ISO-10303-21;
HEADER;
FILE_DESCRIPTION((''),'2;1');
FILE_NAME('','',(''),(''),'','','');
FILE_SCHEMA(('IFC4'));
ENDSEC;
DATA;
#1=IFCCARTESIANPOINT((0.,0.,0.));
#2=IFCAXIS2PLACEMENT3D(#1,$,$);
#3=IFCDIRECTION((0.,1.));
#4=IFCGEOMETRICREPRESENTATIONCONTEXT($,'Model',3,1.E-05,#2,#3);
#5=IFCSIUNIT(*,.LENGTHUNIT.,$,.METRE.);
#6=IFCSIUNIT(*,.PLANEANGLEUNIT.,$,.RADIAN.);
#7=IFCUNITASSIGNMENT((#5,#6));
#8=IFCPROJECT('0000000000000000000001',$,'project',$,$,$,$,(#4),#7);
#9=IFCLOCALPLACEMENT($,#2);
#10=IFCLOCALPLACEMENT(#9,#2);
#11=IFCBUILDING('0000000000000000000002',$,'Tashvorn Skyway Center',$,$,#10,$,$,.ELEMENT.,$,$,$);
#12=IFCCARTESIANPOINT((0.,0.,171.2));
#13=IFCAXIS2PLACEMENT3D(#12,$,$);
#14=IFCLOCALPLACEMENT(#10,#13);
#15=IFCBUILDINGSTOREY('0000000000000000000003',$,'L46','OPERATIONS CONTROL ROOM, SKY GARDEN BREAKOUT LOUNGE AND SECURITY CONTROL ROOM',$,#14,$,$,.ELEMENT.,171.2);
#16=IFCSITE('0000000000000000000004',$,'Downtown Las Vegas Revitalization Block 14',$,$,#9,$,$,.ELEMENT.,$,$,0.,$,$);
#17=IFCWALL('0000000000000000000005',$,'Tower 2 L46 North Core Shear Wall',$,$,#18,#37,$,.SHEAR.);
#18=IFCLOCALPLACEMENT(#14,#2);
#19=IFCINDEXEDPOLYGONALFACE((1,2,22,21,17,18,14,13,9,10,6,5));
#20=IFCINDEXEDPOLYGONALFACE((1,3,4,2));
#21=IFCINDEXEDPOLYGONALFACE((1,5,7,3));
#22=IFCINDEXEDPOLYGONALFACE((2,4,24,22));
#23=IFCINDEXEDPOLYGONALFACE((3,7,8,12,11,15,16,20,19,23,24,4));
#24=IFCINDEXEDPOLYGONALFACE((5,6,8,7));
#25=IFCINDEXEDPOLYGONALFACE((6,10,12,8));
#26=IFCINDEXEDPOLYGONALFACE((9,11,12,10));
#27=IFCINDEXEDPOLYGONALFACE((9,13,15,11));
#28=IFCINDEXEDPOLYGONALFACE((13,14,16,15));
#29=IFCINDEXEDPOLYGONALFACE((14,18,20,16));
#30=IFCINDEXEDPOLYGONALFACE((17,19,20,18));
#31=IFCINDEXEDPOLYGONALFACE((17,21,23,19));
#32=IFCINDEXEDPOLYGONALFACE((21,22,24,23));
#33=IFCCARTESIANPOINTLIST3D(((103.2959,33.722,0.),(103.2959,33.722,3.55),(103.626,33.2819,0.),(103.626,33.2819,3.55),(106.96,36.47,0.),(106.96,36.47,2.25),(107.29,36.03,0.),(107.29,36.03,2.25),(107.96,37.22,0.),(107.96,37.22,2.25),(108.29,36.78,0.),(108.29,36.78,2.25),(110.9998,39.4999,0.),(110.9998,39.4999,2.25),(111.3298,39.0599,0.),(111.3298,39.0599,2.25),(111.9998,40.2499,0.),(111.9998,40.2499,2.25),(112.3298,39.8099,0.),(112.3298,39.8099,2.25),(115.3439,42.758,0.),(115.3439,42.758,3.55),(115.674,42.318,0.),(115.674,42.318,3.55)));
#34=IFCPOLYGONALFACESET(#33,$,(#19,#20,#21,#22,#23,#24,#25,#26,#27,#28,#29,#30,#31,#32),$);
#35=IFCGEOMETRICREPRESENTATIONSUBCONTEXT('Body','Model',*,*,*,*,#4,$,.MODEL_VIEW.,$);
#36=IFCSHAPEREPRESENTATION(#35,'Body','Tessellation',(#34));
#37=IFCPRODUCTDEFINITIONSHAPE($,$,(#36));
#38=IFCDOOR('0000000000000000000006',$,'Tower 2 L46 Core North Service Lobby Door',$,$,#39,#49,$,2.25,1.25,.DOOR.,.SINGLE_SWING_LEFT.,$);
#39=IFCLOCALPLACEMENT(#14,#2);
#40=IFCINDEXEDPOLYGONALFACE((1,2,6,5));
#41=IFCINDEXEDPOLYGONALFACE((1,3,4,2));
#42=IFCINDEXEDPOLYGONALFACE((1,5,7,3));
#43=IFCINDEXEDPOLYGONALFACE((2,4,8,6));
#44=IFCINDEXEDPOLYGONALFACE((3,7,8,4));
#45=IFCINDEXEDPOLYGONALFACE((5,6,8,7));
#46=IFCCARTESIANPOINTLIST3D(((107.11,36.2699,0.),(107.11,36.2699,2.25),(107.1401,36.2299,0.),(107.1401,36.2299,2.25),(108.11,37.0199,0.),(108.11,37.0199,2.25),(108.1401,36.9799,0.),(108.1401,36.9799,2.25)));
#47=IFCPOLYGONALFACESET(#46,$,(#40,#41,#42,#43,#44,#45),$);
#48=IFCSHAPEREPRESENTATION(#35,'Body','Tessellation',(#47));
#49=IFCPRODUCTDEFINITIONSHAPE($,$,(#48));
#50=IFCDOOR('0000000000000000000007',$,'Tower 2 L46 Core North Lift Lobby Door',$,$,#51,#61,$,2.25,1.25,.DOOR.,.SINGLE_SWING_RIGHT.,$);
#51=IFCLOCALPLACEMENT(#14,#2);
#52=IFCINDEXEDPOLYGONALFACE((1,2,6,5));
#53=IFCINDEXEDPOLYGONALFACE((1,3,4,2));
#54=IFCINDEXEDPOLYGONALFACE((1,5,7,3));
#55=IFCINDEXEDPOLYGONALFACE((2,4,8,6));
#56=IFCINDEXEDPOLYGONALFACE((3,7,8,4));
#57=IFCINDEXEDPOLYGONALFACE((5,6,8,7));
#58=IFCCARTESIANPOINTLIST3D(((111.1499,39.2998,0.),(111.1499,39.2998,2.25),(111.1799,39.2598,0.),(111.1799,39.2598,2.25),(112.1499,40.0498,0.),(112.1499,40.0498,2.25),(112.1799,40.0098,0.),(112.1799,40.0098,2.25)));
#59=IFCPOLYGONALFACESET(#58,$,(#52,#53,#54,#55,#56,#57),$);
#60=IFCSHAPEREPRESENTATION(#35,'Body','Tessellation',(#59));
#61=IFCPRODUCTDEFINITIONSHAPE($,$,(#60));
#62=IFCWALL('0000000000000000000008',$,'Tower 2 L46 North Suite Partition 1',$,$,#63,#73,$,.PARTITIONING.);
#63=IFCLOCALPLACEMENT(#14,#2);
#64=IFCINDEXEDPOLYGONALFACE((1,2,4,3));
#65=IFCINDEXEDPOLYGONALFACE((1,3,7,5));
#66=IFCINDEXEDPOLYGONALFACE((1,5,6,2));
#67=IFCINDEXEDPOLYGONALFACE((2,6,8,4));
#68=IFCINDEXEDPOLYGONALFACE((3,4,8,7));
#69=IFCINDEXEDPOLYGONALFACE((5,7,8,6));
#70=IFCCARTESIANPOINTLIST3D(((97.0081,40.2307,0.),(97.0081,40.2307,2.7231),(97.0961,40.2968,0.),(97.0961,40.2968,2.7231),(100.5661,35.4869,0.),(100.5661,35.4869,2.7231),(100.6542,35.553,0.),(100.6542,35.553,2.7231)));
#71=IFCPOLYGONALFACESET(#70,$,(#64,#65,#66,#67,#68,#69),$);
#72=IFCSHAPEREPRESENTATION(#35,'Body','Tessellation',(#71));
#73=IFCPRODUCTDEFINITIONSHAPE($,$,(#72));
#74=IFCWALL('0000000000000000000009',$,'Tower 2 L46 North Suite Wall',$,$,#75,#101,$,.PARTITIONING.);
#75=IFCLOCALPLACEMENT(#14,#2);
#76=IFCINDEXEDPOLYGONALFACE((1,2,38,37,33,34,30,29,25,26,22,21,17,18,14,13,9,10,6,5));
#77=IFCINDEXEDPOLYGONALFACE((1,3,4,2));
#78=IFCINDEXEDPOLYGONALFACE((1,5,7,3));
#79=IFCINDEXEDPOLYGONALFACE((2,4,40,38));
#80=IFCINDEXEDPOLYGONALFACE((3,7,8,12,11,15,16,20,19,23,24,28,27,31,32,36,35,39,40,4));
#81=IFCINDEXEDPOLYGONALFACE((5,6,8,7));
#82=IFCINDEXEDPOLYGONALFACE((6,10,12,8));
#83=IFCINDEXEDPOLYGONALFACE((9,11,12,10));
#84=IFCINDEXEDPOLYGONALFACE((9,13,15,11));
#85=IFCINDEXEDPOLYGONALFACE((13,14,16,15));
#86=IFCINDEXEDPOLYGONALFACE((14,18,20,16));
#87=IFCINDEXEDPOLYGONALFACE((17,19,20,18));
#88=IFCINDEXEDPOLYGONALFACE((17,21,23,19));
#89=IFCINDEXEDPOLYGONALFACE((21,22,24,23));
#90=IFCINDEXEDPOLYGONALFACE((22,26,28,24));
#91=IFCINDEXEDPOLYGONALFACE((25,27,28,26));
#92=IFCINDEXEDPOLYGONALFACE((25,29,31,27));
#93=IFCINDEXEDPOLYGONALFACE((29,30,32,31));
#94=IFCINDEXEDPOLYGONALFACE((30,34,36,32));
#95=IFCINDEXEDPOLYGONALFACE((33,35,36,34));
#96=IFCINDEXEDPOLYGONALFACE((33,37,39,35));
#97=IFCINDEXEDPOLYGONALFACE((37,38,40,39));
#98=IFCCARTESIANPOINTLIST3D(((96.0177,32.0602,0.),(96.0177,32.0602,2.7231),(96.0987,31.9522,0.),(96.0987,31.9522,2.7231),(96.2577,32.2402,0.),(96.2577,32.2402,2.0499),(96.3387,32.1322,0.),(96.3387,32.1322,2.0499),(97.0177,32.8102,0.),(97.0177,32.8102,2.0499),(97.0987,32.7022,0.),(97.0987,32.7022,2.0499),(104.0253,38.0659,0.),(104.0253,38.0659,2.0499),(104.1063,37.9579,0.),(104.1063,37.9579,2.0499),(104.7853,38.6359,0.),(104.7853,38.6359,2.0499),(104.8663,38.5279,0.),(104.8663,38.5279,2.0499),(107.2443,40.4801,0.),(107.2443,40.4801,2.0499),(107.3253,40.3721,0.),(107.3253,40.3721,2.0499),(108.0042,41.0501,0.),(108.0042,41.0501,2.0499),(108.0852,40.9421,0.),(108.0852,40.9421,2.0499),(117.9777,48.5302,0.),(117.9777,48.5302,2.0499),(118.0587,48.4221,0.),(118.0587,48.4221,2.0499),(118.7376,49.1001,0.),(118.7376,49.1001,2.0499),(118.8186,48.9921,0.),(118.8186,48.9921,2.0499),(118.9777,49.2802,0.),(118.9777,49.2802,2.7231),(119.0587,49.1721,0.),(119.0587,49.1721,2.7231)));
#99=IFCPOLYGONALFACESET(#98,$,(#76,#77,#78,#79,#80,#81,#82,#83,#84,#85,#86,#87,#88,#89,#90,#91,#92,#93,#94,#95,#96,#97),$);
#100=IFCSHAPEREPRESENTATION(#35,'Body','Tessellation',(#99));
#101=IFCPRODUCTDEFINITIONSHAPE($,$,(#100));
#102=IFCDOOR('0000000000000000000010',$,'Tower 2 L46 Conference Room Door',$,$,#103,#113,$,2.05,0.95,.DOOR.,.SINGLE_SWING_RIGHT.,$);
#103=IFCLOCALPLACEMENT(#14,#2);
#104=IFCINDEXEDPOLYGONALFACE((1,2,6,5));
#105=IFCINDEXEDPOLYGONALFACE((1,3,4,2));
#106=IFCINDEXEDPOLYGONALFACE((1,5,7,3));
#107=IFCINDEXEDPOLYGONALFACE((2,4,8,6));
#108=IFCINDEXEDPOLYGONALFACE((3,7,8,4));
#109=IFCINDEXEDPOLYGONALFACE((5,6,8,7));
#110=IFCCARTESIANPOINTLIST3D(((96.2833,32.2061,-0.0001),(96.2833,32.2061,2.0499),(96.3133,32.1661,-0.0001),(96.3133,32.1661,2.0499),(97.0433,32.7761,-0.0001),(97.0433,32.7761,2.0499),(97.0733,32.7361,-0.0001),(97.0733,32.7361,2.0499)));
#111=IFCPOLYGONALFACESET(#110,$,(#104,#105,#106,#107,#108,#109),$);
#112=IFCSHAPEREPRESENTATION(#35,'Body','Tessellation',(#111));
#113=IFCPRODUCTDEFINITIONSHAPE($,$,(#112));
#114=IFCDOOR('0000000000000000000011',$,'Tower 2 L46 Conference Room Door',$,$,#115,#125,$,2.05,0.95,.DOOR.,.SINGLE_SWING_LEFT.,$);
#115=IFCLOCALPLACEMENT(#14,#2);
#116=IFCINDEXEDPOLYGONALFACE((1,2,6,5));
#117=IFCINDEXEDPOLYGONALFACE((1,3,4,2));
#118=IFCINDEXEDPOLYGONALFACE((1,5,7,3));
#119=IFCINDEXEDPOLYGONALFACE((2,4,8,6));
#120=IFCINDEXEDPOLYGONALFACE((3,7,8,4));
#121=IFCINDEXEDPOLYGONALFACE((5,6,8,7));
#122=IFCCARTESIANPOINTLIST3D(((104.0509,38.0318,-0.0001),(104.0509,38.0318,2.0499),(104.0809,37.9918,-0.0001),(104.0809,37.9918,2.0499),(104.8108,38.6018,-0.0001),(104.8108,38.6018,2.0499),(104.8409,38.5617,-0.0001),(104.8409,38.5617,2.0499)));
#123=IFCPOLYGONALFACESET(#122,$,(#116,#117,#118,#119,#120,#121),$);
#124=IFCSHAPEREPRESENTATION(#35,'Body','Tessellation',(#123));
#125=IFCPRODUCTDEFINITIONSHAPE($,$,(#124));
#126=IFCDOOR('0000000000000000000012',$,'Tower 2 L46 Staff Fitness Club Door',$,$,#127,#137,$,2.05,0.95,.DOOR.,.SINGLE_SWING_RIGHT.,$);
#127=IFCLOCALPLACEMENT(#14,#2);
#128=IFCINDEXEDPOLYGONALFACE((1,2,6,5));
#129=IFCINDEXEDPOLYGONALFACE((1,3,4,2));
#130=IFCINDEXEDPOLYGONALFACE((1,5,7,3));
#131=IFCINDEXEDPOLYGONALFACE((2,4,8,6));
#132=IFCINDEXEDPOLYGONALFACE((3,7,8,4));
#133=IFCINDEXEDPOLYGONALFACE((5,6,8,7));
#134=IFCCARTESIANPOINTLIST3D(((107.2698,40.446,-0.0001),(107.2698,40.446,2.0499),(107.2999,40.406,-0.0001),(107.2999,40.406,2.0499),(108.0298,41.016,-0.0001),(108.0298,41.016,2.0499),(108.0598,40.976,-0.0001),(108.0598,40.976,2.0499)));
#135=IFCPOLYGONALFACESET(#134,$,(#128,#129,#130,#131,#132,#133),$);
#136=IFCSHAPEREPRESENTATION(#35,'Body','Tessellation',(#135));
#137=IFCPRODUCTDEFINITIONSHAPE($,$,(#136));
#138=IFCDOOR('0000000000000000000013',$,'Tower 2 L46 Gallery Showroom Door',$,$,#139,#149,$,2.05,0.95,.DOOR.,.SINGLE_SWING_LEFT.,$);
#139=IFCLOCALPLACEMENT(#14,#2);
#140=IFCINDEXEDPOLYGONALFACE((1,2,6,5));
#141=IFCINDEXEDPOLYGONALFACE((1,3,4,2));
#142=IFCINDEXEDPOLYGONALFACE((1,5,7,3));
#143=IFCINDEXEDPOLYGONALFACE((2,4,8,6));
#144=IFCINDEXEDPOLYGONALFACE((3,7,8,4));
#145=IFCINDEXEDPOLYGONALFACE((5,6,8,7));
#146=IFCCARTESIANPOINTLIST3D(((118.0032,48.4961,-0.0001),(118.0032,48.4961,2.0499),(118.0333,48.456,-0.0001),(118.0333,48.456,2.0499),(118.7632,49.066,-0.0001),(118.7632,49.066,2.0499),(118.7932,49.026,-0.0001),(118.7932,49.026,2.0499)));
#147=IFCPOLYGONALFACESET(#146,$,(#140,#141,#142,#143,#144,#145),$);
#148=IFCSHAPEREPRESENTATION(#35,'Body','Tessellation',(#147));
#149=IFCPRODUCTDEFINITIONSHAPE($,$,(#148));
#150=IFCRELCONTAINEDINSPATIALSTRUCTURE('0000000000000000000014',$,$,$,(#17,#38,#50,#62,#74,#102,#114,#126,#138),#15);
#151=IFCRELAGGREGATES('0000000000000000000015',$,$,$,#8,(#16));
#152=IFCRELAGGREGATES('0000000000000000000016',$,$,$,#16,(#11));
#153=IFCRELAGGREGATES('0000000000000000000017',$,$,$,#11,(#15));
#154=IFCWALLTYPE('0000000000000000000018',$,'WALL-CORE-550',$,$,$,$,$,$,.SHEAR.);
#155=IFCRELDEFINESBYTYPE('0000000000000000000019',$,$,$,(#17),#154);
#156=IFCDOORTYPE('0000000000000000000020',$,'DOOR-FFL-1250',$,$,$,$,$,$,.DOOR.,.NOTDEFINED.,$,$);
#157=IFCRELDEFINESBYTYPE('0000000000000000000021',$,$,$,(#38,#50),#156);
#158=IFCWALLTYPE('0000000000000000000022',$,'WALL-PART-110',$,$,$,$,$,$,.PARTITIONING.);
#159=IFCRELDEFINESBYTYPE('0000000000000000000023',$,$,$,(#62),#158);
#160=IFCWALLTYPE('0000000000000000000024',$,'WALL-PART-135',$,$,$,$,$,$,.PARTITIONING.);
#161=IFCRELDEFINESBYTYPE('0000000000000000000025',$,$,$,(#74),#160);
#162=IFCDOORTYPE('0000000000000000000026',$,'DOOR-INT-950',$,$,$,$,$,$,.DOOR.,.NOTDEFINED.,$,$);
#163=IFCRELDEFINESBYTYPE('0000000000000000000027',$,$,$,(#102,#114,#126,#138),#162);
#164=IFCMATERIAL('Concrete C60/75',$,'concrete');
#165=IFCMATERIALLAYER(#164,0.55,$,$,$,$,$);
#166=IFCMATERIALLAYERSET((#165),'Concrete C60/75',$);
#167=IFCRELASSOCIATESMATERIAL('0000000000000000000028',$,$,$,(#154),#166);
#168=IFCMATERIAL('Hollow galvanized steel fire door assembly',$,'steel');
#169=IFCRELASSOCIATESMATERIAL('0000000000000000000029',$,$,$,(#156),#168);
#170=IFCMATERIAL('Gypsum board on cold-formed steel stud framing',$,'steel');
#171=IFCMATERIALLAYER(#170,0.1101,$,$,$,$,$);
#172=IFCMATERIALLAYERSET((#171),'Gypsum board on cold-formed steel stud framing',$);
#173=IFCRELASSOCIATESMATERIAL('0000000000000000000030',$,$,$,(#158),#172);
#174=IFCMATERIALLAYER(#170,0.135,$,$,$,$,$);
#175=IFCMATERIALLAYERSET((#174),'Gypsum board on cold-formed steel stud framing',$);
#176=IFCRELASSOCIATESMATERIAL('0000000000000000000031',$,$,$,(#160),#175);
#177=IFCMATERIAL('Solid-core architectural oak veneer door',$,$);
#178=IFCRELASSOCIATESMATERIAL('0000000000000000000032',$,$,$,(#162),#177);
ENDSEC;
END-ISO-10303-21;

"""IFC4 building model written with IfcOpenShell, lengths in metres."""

from ifc_helpers import new_model, si_unit, direction, frame, frame_2d, origin, place, context, subcontext, project, spatial, rectangle, extrude, material, layer, layer_set, type_object, element, fill, save


model = new_model("IFC4")

# Units and contexts
model_context = context("Model", 3, precision=1e-05, world=origin(), true_north=direction((0.0, 1.0)))
body_context = subcontext(model_context, "Body", "Model", "MODEL_VIEW")
ifc_project = project(units=[si_unit("LENGTHUNIT", "METRE"), si_unit("PLANEANGLEUNIT", "RADIAN")], contexts=[model_context])

# Site, building, storey
site_placement = place(None, origin())
site = spatial("IfcSite", under=ifc_project, at=site_placement, Name="Downtown Las Vegas Revitalization Block 14", CompositionType="ELEMENT", RefElevation=0.0)
building_placement = place(site_placement, origin())
building = spatial("IfcBuilding", under=site, at=building_placement, Name="Tashvorn Skyway Center", CompositionType="ELEMENT")
storey_placement = place(building_placement, frame((0.0, 0.0, 171.2)))
storey = spatial("IfcBuildingStorey", under=building, at=storey_placement, Name="L46", Description="OPERATIONS CONTROL ROOM, SKY GARDEN BREAKOUT LOUNGE AND SECURITY CONTROL ROOM", CompositionType="ELEMENT", Elevation=171.2)

# Wall, openings, doors
ifc_material_1 = material(Name="Concrete C60/75", Category="concrete")
ifc_layer_1 = layer(ifc_material_1, 0.55)
ifc_layer_set_1 = layer_set([ifc_layer_1], Name="Concrete C60/75")
wall_type_1 = type_object("IfcWallType", Name="WALL-CORE-550", PredefinedType="SHEAR", material=ifc_layer_set_1)
wall_1_placement = place(storey_placement, frame((103.4609, 33.502, 0.0), z_axis=(0.0, 0.0, 1.0), x_axis=(0.799998, 0.600003, 0.0)))
wall_1 = element("IfcWall", 1, at=wall_1_placement, inside=storey, type_object=wall_type_1, Name="Tower 2 L46 North Core Shear Wall", PredefinedType="SHEAR", context=body_context, shape_type="SweptSolid", body=[
    extrude(rectangle(XDim=15.0601, YDim=0.55, at=frame_2d((7.53, 0.0))), origin(), (0.0, 0.0, 1.0), 3.55),
])
opening_1_placement = place(wall_1_placement, frame((4.5801, 0.0, 0.0)))
opening_1 = element("IfcOpeningElement", 2, at=opening_1_placement, cuts=wall_1, PredefinedType="OPENING", context=body_context, shape_type="SweptSolid", body=[
    extrude(rectangle(XDim=1.25, YDim=2.25, at=frame_2d((0.625, 1.125))), frame((0.0, 0.2849, 0.0), z_axis=(0.0, -1.0, 0.0), x_axis=(1.0, 0.0, 0.0)), (0.0, 0.0, 1.0), 0.5701),
])
opening_2_placement = place(wall_1_placement, frame((9.6299, 0.0, 0.0)))
opening_2 = element("IfcOpeningElement", 3, at=opening_2_placement, cuts=wall_1, PredefinedType="OPENING", context=body_context, shape_type="SweptSolid", body=[
    extrude(rectangle(XDim=1.25, YDim=2.25, at=frame_2d((0.625, 1.125))), frame((0.0, 0.2849, 0.0), z_axis=(0.0, -1.0, 0.0), x_axis=(1.0, 0.0, 0.0)), (0.0, 0.0, 1.0), 0.5701),
])
ifc_material_2 = material(Name="Hollow galvanized steel fire door assembly", Category="steel")
door_type_1 = type_object("IfcDoorType", Name="DOOR-FFL-1250", OperationType="NOTDEFINED", PredefinedType="DOOR", material=ifc_material_2)
door_1_placement = place(opening_1_placement, origin())
door_1 = element("IfcDoor", 4, at=door_1_placement, inside=storey, type_object=door_type_1, Name="Tower 2 L46 Core North Service Lobby Door", OperationType="SINGLE_SWING_LEFT", OverallHeight=2.25, OverallWidth=1.25, PredefinedType="DOOR", context=body_context, shape_type="SweptSolid", body=[
    extrude(rectangle(XDim=1.25, YDim=2.25, at=frame_2d((0.625, 1.125))), frame((0.0, 0.0249, 0.0), z_axis=(0.0, -1.0, 0.0), x_axis=(1.0, 0.0, 0.0)), (0.0, 0.0, 1.0), 0.05),
])
fill(opening_1, door_1)
door_2_placement = place(opening_2_placement, origin())
door_2 = element("IfcDoor", 5, at=door_2_placement, inside=storey, type_object=door_type_1, Name="Tower 2 L46 Core North Lift Lobby Door", OperationType="SINGLE_SWING_RIGHT", OverallHeight=2.25, OverallWidth=1.25, PredefinedType="DOOR", context=body_context, shape_type="SweptSolid", body=[
    extrude(rectangle(XDim=1.25, YDim=2.25, at=frame_2d((0.625, 1.125))), frame((0.0, 0.0249, 0.0), z_axis=(0.0, -1.0, 0.0), x_axis=(1.0, 0.0, 0.0)), (0.0, 0.0, 1.0), 0.05),
])
fill(opening_2, door_2)

# Wall
ifc_material_3 = material(Name="Gypsum board on cold-formed steel stud framing", Category="steel")
ifc_layer_2 = layer(ifc_material_3, 0.1101)
ifc_layer_set_2 = layer_set([ifc_layer_2], Name="Gypsum board on cold-formed steel stud framing")
wall_type_2 = type_object("IfcWallType", Name="WALL-PART-110", PredefinedType="PARTITIONING", material=ifc_layer_set_2)
wall_2_placement = place(storey_placement, frame((100.6101, 35.52, 0.0), z_axis=(0.0, 0.0, 1.0), x_axis=(-0.60002, 0.799985, 0.0)))
element("IfcWall", 6, at=wall_2_placement, inside=storey, type_object=wall_type_2, Name="Tower 2 L46 North Suite Partition 1", PredefinedType="PARTITIONING", context=body_context, shape_type="SweptSolid", body=[
    extrude(rectangle(XDim=5.9299, YDim=0.1101, at=frame_2d((2.9648, 0.0))), origin(), (0.0, 0.0, 1.0), 2.7231),
])

# Wall, openings, doors
ifc_layer_3 = layer(ifc_material_3, 0.135)
ifc_layer_set_3 = layer_set([ifc_layer_3], Name="Gypsum board on cold-formed steel stud framing")
wall_type_3 = type_object("IfcWallType", Name="WALL-PART-135", PredefinedType="PARTITIONING", material=ifc_layer_set_3)
wall_3_placement = place(storey_placement, frame((96.0581, 32.0061, 0.0), z_axis=(0.0, 0.0, 1.0), x_axis=(0.8, 0.6, 0.0)))
wall_3 = element("IfcWall", 7, at=wall_3_placement, inside=storey, type_object=wall_type_3, Name="Tower 2 L46 North Suite Wall", PredefinedType="PARTITIONING", context=body_context, shape_type="SweptSolid", body=[
    extrude(rectangle(XDim=28.7, YDim=0.135, at=frame_2d((14.3501, 0.0))), origin(), (0.0, 0.0, 1.0), 2.7231),
])
opening_3_placement = place(wall_3_placement, frame((0.3, 0.0, 0.0)))
opening_3 = element("IfcOpeningElement", 8, at=opening_3_placement, cuts=wall_3, PredefinedType="OPENING", context=body_context, shape_type="SweptSolid", body=[
    extrude(rectangle(XDim=0.95, YDim=2.05, at=frame_2d((0.4751, 1.0249))), frame((0.0, 0.0774, 0.0), z_axis=(0.0, -1.0, 0.0), x_axis=(1.0, 0.0, 0.0)), (0.0, 0.0, 1.0), 0.155),
])
opening_4_placement = place(wall_3_placement, frame((10.0095, 0.0, 0.0)))
opening_4 = element("IfcOpeningElement", 9, at=opening_4_placement, cuts=wall_3, PredefinedType="OPENING", context=body_context, shape_type="SweptSolid", body=[
    extrude(rectangle(XDim=0.95, YDim=2.05, at=frame_2d((0.4751, 1.0249))), frame((0.0, 0.0774, 0.0), z_axis=(0.0, -1.0, 0.0), x_axis=(1.0, 0.0, 0.0)), (0.0, 0.0, 1.0), 0.155),
])
opening_5_placement = place(wall_3_placement, frame((14.0332, 0.0, 0.0)))
opening_5 = element("IfcOpeningElement", 10, at=opening_5_placement, cuts=wall_3, PredefinedType="OPENING", context=body_context, shape_type="SweptSolid", body=[
    extrude(rectangle(XDim=0.95, YDim=2.05, at=frame_2d((0.4751, 1.0249))), frame((0.0, 0.0774, 0.0), z_axis=(0.0, -1.0, 0.0), x_axis=(1.0, 0.0, 0.0)), (0.0, 0.0, 1.0), 0.155),
])
opening_6_placement = place(wall_3_placement, frame((27.45, 0.0, 0.0)))
opening_6 = element("IfcOpeningElement", 11, at=opening_6_placement, cuts=wall_3, PredefinedType="OPENING", context=body_context, shape_type="SweptSolid", body=[
    extrude(rectangle(XDim=0.95, YDim=2.05, at=frame_2d((0.4751, 1.0249))), frame((0.0, 0.0774, 0.0), z_axis=(0.0, -1.0, 0.0), x_axis=(1.0, 0.0, 0.0)), (0.0, 0.0, 1.0), 0.155),
])
ifc_material_4 = material(Name="Solid-core architectural oak veneer door")
door_type_2 = type_object("IfcDoorType", Name="DOOR-INT-950", OperationType="NOTDEFINED", PredefinedType="DOOR", material=ifc_material_4)
door_3_placement = place(opening_3_placement, origin())
door_3 = element("IfcDoor", 12, at=door_3_placement, inside=storey, type_object=door_type_2, Name="Tower 2 L46 Conference Room Door", OperationType="SINGLE_SWING_RIGHT", OverallHeight=2.05, OverallWidth=0.95, PredefinedType="DOOR", context=body_context, shape_type="SweptSolid", body=[
    extrude(rectangle(XDim=0.95, YDim=2.05, at=frame_2d((0.4751, 1.0249))), frame((0.0, 0.0249, 0.0), z_axis=(0.0, -1.0, 0.0), x_axis=(1.0, 0.0, 0.0)), (0.0, 0.0, 1.0), 0.05),
])
fill(opening_3, door_3)
door_4_placement = place(opening_4_placement, origin())
door_4 = element("IfcDoor", 13, at=door_4_placement, inside=storey, type_object=door_type_2, Name="Tower 2 L46 Conference Room Door", OperationType="SINGLE_SWING_LEFT", OverallHeight=2.05, OverallWidth=0.95, PredefinedType="DOOR", context=body_context, shape_type="SweptSolid", body=[
    extrude(rectangle(XDim=0.95, YDim=2.05, at=frame_2d((0.4751, 1.0249))), frame((0.0, 0.0249, 0.0), z_axis=(0.0, -1.0, 0.0), x_axis=(1.0, 0.0, 0.0)), (0.0, 0.0, 1.0), 0.05),
])
fill(opening_4, door_4)
door_5_placement = place(opening_5_placement, origin())
door_5 = element("IfcDoor", 14, at=door_5_placement, inside=storey, type_object=door_type_2, Name="Tower 2 L46 Staff Fitness Club Door", OperationType="SINGLE_SWING_RIGHT", OverallHeight=2.05, OverallWidth=0.95, PredefinedType="DOOR", context=body_context, shape_type="SweptSolid", body=[
    extrude(rectangle(XDim=0.95, YDim=2.05, at=frame_2d((0.4751, 1.0249))), frame((0.0, 0.0249, 0.0), z_axis=(0.0, -1.0, 0.0), x_axis=(1.0, 0.0, 0.0)), (0.0, 0.0, 1.0), 0.05),
])
fill(opening_5, door_5)
door_6_placement = place(opening_6_placement, origin())
door_6 = element("IfcDoor", 15, at=door_6_placement, inside=storey, type_object=door_type_2, Name="Tower 2 L46 Gallery Showroom Door", OperationType="SINGLE_SWING_LEFT", OverallHeight=2.05, OverallWidth=0.95, PredefinedType="DOOR", context=body_context, shape_type="SweptSolid", body=[
    extrude(rectangle(XDim=0.95, YDim=2.05, at=frame_2d((0.4751, 1.0249))), frame((0.0, 0.0249, 0.0), z_axis=(0.0, -1.0, 0.0), x_axis=(1.0, 0.0, 0.0)), (0.0, 0.0, 1.0), 0.05),
])
fill(opening_6, door_6)

save(model, "model.ifc")
